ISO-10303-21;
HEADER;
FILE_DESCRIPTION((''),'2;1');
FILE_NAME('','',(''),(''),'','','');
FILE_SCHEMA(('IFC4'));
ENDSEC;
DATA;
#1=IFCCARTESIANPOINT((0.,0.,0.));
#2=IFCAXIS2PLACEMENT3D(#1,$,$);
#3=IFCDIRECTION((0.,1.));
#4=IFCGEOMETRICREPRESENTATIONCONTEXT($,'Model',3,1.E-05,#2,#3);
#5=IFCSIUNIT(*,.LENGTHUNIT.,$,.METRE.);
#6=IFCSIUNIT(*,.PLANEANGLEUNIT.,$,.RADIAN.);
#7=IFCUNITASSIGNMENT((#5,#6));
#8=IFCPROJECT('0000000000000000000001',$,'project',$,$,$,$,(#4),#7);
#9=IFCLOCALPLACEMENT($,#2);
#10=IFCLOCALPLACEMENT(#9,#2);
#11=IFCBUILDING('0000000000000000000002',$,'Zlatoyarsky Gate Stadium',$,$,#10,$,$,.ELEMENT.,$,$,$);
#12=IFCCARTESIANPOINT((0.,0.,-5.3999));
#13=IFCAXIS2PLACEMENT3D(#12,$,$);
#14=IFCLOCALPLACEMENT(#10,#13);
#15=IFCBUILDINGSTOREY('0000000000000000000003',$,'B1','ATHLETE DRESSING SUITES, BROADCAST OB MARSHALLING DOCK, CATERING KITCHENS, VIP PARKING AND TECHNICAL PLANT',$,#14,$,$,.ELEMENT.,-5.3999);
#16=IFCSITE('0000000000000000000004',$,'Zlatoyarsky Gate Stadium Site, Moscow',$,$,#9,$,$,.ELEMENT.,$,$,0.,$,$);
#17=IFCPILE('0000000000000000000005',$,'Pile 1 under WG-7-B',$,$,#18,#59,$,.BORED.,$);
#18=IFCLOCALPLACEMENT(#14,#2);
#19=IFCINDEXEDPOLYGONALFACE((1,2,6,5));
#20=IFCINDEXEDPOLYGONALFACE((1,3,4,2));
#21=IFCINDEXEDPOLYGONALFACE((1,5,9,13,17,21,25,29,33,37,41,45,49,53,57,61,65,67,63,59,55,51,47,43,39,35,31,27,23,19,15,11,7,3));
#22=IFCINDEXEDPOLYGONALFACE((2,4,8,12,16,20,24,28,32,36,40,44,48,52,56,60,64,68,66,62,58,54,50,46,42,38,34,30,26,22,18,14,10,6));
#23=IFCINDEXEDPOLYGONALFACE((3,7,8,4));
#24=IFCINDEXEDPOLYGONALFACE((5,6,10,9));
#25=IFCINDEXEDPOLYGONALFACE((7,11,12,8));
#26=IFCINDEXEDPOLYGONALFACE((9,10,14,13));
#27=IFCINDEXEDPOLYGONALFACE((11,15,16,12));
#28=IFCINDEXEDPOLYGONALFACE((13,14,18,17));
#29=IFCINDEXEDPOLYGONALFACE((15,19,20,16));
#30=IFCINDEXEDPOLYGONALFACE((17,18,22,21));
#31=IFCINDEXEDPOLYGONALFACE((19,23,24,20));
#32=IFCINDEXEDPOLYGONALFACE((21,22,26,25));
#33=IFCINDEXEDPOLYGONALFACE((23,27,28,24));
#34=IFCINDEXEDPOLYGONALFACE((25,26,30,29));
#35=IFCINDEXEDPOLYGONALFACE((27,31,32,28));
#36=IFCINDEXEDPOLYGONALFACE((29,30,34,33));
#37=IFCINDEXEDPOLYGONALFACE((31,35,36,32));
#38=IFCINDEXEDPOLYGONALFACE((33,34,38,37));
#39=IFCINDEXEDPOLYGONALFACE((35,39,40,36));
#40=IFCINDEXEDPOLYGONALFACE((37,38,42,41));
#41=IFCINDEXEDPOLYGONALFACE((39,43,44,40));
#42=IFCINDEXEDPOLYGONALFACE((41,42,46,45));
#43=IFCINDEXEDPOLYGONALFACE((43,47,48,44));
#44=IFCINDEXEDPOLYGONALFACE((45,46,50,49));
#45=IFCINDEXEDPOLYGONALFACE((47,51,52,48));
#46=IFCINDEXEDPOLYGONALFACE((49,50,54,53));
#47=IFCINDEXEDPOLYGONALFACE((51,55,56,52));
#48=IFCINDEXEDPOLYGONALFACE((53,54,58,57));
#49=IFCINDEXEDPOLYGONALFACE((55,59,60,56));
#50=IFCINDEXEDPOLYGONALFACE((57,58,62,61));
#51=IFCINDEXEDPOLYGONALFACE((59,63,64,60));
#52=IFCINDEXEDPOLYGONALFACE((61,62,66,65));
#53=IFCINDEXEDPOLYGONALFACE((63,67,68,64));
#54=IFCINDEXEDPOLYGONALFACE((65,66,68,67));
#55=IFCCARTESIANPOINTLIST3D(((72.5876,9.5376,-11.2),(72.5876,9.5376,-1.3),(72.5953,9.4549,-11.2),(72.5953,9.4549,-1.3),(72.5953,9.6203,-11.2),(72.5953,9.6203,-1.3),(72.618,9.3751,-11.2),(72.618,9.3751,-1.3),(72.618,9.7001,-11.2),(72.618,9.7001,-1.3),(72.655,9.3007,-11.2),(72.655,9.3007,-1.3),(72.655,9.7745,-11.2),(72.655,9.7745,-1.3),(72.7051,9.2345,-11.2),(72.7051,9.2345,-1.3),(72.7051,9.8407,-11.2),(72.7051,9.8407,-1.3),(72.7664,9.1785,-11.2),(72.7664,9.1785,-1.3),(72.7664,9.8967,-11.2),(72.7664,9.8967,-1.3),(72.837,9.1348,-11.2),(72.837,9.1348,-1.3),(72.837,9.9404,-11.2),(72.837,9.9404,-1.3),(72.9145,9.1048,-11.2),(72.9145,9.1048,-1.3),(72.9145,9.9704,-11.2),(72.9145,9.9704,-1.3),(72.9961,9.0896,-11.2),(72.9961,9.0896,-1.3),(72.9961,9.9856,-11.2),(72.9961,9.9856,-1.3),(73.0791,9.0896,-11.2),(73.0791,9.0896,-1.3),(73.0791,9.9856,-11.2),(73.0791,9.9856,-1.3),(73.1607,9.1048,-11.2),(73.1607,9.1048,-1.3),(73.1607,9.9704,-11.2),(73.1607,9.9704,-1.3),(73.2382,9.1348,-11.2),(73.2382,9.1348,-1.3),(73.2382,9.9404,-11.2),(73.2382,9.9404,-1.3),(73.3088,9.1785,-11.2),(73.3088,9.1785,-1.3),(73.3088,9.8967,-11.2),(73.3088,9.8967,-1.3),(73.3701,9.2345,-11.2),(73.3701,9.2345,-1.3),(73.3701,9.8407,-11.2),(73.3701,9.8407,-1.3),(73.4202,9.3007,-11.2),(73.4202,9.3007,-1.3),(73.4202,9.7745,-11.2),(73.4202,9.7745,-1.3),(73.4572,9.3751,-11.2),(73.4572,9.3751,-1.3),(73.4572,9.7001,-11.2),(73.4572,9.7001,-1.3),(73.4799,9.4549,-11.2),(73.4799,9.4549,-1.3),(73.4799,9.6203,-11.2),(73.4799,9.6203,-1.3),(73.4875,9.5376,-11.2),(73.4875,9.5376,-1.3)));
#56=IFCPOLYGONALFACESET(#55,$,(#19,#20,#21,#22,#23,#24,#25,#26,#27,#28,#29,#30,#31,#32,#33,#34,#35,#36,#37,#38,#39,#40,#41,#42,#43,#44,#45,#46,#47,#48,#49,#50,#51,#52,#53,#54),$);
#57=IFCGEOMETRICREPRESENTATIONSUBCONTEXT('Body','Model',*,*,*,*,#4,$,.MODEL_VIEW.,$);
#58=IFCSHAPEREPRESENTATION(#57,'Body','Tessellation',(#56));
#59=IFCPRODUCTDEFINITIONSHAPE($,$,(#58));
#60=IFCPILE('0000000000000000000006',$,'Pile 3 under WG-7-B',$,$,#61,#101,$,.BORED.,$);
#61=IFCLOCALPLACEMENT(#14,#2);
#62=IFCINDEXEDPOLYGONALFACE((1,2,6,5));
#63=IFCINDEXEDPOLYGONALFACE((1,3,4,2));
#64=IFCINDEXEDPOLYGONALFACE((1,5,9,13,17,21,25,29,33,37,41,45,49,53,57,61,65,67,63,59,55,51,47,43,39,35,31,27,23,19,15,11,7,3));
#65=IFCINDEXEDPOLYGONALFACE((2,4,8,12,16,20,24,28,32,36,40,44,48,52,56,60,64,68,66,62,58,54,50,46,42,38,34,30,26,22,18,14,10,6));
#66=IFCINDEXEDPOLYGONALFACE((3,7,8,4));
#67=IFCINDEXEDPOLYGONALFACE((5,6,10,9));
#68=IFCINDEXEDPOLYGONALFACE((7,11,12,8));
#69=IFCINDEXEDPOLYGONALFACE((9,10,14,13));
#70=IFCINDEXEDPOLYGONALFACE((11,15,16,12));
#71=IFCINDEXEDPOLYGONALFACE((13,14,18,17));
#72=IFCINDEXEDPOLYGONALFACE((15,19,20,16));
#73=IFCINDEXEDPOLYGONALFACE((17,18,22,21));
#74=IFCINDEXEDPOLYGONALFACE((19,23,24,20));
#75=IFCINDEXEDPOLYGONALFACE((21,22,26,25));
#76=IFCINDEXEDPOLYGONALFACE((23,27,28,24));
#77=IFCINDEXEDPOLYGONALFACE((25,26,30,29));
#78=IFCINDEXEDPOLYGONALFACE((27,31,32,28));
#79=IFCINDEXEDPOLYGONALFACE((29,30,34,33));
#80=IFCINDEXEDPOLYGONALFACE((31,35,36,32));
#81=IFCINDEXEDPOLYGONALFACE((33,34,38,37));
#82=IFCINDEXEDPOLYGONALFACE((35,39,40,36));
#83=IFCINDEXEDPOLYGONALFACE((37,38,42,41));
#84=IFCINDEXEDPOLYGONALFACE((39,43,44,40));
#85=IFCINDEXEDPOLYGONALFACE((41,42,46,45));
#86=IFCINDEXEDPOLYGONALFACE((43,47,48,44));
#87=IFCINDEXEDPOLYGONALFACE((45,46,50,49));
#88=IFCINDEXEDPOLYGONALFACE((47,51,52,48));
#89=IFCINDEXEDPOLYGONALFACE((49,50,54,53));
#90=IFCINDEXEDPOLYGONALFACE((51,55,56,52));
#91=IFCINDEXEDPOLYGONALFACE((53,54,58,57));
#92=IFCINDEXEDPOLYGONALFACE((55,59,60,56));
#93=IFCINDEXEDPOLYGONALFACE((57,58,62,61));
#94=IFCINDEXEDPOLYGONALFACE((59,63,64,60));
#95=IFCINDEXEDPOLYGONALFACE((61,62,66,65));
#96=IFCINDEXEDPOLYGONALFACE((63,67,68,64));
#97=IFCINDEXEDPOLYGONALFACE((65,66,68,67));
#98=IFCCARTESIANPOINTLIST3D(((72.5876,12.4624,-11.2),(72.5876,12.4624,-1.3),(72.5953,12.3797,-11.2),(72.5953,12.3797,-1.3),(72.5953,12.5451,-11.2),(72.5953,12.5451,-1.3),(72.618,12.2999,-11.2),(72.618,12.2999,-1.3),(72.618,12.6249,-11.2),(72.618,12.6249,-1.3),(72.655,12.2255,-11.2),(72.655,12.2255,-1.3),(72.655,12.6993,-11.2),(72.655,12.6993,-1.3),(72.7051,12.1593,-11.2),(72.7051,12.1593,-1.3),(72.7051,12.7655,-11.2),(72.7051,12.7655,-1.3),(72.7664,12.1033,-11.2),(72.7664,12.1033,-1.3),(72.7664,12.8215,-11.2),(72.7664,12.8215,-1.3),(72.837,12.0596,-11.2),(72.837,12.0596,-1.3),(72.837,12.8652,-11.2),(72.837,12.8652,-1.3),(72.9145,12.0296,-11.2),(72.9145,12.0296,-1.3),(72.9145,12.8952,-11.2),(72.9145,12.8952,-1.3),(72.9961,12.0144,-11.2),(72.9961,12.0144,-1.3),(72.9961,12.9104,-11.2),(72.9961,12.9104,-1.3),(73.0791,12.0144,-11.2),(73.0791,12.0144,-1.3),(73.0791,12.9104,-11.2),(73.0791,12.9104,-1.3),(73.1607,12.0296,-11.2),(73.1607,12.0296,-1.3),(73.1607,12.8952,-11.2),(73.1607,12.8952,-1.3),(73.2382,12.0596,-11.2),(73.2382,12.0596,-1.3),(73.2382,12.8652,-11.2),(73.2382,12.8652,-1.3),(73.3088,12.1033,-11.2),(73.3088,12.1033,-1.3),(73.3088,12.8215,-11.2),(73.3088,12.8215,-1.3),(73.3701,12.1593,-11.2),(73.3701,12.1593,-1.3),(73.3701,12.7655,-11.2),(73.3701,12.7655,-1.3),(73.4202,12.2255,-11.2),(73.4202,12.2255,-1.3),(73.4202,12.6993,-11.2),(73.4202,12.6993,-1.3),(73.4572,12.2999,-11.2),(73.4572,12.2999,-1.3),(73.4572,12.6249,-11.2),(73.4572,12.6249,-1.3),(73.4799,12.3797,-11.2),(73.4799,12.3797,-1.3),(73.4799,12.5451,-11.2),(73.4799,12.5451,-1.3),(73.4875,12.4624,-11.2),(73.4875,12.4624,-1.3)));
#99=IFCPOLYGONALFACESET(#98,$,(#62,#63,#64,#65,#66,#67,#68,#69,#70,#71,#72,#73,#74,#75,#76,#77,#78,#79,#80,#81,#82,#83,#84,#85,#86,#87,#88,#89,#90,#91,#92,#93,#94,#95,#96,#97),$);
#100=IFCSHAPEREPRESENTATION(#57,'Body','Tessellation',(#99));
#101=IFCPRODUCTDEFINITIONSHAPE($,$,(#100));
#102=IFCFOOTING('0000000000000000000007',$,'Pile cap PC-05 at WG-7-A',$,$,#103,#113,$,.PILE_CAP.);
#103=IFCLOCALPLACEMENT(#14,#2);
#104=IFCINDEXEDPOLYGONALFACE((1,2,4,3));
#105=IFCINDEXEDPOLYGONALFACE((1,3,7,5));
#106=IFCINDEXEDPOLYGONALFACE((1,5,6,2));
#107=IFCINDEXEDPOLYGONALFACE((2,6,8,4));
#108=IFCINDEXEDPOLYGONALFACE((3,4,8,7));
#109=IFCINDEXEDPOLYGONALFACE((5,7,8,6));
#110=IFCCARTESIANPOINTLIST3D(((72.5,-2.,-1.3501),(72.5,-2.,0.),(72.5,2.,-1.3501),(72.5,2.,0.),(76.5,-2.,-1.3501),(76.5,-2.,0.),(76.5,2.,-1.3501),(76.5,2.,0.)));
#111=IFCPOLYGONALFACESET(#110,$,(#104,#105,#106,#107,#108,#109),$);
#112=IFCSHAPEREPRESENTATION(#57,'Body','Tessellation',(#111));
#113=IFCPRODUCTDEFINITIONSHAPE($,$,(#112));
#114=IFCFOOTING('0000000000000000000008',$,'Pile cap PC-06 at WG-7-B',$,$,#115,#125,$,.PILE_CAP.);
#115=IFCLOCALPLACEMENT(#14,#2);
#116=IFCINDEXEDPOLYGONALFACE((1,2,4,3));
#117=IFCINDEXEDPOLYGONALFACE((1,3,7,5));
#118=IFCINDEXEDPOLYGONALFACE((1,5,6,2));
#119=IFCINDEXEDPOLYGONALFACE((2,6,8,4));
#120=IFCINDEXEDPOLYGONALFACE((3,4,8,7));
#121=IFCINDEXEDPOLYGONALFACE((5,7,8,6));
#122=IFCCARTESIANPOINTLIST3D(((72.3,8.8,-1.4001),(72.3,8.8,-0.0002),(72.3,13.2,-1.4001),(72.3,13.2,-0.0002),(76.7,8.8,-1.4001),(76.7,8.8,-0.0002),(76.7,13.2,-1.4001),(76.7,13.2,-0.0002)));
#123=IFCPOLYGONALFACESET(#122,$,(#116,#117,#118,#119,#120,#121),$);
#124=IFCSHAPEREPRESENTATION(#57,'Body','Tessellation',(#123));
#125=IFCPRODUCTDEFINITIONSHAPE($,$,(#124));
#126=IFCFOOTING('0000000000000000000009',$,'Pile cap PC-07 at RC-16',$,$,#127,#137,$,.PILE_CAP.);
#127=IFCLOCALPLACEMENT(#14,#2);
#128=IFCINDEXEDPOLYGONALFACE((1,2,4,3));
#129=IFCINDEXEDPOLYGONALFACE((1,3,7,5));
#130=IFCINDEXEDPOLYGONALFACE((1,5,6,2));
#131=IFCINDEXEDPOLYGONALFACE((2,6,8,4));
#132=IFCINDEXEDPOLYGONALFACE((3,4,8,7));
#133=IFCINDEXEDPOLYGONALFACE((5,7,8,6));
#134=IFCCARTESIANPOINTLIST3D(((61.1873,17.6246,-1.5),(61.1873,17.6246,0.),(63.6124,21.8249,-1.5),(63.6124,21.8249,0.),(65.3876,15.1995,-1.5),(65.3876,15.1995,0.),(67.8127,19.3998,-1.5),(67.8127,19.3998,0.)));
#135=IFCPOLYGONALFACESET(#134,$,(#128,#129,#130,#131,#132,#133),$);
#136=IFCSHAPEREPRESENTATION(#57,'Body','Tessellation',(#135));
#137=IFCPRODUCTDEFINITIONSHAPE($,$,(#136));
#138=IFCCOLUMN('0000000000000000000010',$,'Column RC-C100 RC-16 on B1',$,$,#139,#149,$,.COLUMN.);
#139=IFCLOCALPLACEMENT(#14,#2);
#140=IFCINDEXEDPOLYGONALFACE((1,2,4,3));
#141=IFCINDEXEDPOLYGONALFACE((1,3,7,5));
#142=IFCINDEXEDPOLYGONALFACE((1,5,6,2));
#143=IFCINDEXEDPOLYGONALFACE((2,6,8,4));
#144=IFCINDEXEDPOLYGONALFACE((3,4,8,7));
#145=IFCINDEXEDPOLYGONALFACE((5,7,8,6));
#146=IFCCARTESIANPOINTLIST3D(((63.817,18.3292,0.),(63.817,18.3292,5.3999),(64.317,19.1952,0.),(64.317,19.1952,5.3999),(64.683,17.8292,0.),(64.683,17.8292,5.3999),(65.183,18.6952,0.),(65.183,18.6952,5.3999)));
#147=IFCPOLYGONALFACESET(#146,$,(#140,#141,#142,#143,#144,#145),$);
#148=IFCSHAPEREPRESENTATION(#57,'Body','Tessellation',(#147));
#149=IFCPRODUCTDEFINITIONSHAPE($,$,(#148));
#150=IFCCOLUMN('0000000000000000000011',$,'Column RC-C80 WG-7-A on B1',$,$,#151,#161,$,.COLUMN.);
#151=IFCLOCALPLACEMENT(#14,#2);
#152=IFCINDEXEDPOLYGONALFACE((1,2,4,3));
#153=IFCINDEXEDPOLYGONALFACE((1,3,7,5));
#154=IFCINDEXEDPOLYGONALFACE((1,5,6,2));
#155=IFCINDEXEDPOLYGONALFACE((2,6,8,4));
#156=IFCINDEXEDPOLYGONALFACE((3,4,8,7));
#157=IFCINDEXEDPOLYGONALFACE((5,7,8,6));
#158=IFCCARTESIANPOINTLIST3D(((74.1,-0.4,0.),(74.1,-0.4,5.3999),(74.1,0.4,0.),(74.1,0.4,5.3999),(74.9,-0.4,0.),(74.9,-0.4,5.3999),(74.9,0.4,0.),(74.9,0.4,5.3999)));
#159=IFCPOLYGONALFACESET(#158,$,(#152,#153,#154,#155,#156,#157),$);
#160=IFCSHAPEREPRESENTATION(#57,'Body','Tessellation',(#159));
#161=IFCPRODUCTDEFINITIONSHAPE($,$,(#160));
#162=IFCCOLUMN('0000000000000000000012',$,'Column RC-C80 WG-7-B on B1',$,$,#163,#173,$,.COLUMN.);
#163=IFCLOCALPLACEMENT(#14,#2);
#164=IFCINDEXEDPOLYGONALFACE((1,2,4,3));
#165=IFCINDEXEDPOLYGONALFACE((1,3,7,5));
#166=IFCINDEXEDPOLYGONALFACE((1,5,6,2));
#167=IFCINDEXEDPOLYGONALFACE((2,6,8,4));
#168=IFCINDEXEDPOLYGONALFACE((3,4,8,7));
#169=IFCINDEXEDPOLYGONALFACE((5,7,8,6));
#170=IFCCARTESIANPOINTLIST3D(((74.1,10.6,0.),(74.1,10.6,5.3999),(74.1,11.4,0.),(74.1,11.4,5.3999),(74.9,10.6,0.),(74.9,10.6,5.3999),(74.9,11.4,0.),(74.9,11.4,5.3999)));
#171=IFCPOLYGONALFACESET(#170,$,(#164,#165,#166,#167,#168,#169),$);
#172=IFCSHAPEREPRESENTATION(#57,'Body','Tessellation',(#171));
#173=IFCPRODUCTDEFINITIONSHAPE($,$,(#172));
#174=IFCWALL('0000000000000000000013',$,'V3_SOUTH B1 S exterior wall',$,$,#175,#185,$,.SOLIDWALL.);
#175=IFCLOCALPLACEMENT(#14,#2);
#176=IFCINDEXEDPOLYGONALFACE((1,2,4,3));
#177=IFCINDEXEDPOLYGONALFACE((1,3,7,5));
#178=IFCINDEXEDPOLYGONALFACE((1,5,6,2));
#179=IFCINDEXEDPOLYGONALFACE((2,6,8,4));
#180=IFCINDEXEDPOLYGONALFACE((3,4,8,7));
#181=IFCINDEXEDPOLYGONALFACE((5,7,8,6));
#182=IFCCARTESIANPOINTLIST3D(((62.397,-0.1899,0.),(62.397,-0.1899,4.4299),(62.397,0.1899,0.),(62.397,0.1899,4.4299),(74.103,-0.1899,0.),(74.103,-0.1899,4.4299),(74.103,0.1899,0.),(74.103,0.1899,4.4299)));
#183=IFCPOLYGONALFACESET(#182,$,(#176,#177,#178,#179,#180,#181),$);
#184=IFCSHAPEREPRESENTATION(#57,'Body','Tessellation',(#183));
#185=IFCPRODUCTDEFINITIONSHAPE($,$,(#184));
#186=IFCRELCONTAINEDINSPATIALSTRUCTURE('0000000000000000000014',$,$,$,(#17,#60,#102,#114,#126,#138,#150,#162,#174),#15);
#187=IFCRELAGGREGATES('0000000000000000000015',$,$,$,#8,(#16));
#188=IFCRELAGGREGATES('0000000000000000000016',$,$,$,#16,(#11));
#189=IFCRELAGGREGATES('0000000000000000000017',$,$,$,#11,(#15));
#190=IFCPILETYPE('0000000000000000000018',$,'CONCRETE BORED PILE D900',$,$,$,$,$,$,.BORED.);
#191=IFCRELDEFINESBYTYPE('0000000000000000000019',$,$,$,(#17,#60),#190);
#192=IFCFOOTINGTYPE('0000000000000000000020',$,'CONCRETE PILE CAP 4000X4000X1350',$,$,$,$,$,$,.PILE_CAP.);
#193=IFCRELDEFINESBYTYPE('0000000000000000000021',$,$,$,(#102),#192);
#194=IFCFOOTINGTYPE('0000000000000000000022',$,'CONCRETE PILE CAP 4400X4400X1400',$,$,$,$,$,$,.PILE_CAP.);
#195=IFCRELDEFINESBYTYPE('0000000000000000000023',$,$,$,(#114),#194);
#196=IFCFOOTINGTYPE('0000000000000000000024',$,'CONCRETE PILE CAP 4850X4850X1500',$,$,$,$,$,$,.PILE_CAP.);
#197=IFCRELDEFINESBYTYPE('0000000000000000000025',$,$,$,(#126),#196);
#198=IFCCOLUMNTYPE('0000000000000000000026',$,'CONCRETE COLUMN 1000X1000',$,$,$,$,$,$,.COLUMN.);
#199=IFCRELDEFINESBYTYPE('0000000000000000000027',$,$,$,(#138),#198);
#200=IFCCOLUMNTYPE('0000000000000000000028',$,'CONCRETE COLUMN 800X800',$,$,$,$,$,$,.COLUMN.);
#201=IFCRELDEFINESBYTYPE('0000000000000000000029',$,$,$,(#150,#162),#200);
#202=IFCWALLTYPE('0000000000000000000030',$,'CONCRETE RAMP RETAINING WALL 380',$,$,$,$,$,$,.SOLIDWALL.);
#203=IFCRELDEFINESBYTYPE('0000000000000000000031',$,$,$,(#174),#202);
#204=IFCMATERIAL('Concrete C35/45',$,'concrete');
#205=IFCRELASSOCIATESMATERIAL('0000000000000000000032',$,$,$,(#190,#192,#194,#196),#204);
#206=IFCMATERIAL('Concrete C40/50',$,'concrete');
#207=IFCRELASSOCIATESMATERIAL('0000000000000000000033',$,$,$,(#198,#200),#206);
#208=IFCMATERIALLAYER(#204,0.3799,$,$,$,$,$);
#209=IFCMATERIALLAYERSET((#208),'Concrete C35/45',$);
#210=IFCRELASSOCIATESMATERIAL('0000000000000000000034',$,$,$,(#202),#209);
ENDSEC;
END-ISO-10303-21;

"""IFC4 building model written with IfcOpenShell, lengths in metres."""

from ifc_helpers import new_model, si_unit, direction, frame, frame_2d, origin, origin_2d, place, context, subcontext, project, spatial, rectangle, circle, extrude, material, layer, layer_set, material_profile, profile_set, type_object, element, save


model = new_model("IFC4")

# Units and contexts
model_context = context("Model", 3, precision=1e-05, world=origin(), true_north=direction((0.0, 1.0)))
body_context = subcontext(model_context, "Body", "Model", "MODEL_VIEW")
ifc_project = project(units=[si_unit("LENGTHUNIT", "METRE"), si_unit("PLANEANGLEUNIT", "RADIAN")], contexts=[model_context])

# Site, building, storey
site_placement = place(None, origin())
site = spatial("IfcSite", under=ifc_project, at=site_placement, Name="Zlatoyarsky Gate Stadium Site, Moscow", CompositionType="ELEMENT", RefElevation=0.0)
building_placement = place(site_placement, origin())
building = spatial("IfcBuilding", under=site, at=building_placement, Name="Zlatoyarsky Gate Stadium", CompositionType="ELEMENT")
storey_placement = place(building_placement, frame((0.0, 0.0, -5.3999)))
storey = spatial("IfcBuildingStorey", under=building, at=storey_placement, Name="B1", Description="ATHLETE DRESSING SUITES, BROADCAST OB MARSHALLING DOCK, CATERING KITCHENS, VIP PARKING AND TECHNICAL PLANT", CompositionType="ELEMENT", Elevation=-5.3999)

# Piles
ifc_material_1 = material(Name="Concrete C35/45", Category="concrete")
ifc_material_profile_1 = material_profile(ifc_material_1, circle(Radius=0.45, at=origin_2d()), Name="BORED PILE D900")
ifc_profile_set_1 = profile_set([ifc_material_profile_1], Name="Concrete C35/45")
pile_type_1 = type_object("IfcPileType", Name="CONCRETE BORED PILE D900", PredefinedType="BORED", material=ifc_profile_set_1)
for number, where, z_axis, x_axis, name in (
    (1, (73.0376, 9.5376, -1.3), (0.0, 0.0, -1.0), (1.0, 0.0, 0.0), "Pile 1 under WG-7-B"),
    (2, (73.0376, 12.4624, -1.3), (0.0, 0.0, -1.0), (1.0, 0.0, 0.0), "Pile 3 under WG-7-B"),
):
    element("IfcPile", number, at=place(storey_placement, frame(where, z_axis=z_axis, x_axis=x_axis)), inside=storey, type_object=pile_type_1, Name=name, PredefinedType="BORED", context=body_context, shape_type="SweptSolid", body=[
        extrude(circle(Radius=0.45, at=origin_2d()), origin(), (0.0, 0.0, 1.0), 9.8999),
    ])

# Footings
footing_type_1 = type_object("IfcFootingType", Name="CONCRETE PILE CAP 4000X4000X1350", PredefinedType="PILE_CAP", material=ifc_material_1)
footing_1_placement = place(storey_placement, frame((74.5, 0.0, -1.3501), z_axis=(0.0, 0.0, 1.0), x_axis=(1.0, 0.0, 0.0)))
element("IfcFooting", 3, at=footing_1_placement, inside=storey, type_object=footing_type_1, Name="Pile cap PC-05 at WG-7-A", PredefinedType="PILE_CAP", context=body_context, shape_type="SweptSolid", body=[
    extrude(rectangle(XDim=4.0, YDim=4.0, at=origin_2d()), origin(), (0.0, 0.0, 1.0), 1.3501),
])
footing_type_2 = type_object("IfcFootingType", Name="CONCRETE PILE CAP 4400X4400X1400", PredefinedType="PILE_CAP", material=ifc_material_1)
footing_2_placement = place(storey_placement, frame((74.5, 11.0, -1.4001), z_axis=(0.0, 0.0, 1.0), x_axis=(1.0, 0.0, 0.0)))
element("IfcFooting", 4, at=footing_2_placement, inside=storey, type_object=footing_type_2, Name="Pile cap PC-06 at WG-7-B", PredefinedType="PILE_CAP", context=body_context, shape_type="SweptSolid", body=[
    extrude(rectangle(XDim=4.3999, YDim=4.3999, at=origin_2d()), origin(), (0.0, 0.0, 1.0), 1.3999),
])
footing_type_3 = type_object("IfcFootingType", Name="CONCRETE PILE CAP 4850X4850X1500", PredefinedType="PILE_CAP", material=ifc_material_1)
footing_3_placement = place(storey_placement, frame((64.5, 18.5122, -1.5), z_axis=(0.0, 0.0, 1.0), x_axis=(-0.5, -0.866025, 0.0)))
element("IfcFooting", 5, at=footing_3_placement, inside=storey, type_object=footing_type_3, Name="Pile cap PC-07 at RC-16", PredefinedType="PILE_CAP", context=body_context, shape_type="SweptSolid", body=[
    extrude(rectangle(XDim=4.8501, YDim=4.8501, at=origin_2d()), origin(), (0.0, 0.0, 1.0), 1.5),
])

# Columns
ifc_material_2 = material(Name="Concrete C40/50", Category="concrete")
ifc_material_profile_2 = material_profile(ifc_material_2, rectangle(XDim=1.0, YDim=1.0, at=origin_2d()), Name="RC COL 1000X1000")
ifc_profile_set_2 = profile_set([ifc_material_profile_2], Name="Concrete C40/50")
column_type_1 = type_object("IfcColumnType", Name="CONCRETE COLUMN 1000X1000", PredefinedType="COLUMN", material=ifc_profile_set_2)
column_placement = place(storey_placement, frame((64.5, 18.5122, 0.0), z_axis=(0.0, 0.0, 1.0), x_axis=(-0.5, -0.866025, 0.0)))
element("IfcColumn", 6, at=column_placement, inside=storey, type_object=column_type_1, Name="Column RC-C100 RC-16 on B1", PredefinedType="COLUMN", context=body_context, shape_type="SweptSolid", body=[
    extrude(rectangle(XDim=1.0, YDim=1.0, at=origin_2d()), origin(), (0.0, 0.0, 1.0), 5.3999),
])
ifc_material_profile_3 = material_profile(ifc_material_2, rectangle(XDim=0.8, YDim=0.8, at=origin_2d()), Name="RC COL 800X800")
ifc_profile_set_3 = profile_set([ifc_material_profile_3], Name="Concrete C40/50")
column_type_2 = type_object("IfcColumnType", Name="CONCRETE COLUMN 800X800", PredefinedType="COLUMN", material=ifc_profile_set_3)
for number, where, z_axis, x_axis, name in (
    (7, (74.5, 0.0, 0.0), (0.0, 0.0, 1.0), (1.0, 0.0, 0.0), "Column RC-C80 WG-7-A on B1"),
    (8, (74.5, 11.0, 0.0), (0.0, 0.0, 1.0), (1.0, 0.0, 0.0), "Column RC-C80 WG-7-B on B1"),
):
    element("IfcColumn", number, at=place(storey_placement, frame(where, z_axis=z_axis, x_axis=x_axis)), inside=storey, type_object=column_type_2, Name=name, PredefinedType="COLUMN", context=body_context, shape_type="SweptSolid", body=[
        extrude(rectangle(XDim=0.8, YDim=0.8, at=origin_2d()), origin(), (0.0, 0.0, 1.0), 5.3999),
    ])

# Wall
ifc_layer_1 = layer(ifc_material_1, 0.3799)
ifc_layer_set_1 = layer_set([ifc_layer_1], Name="Concrete C35/45")
wall_type_1 = type_object("IfcWallType", Name="CONCRETE RAMP RETAINING WALL 380", PredefinedType="SOLIDWALL", material=ifc_layer_set_1)
wall_1_placement = place(storey_placement, frame((62.397, 0.0, 0.0), z_axis=(0.0, 0.0, 1.0), x_axis=(1.0, 0.0, 0.0)))
element("IfcWall", 9, at=wall_1_placement, inside=storey, type_object=wall_type_1, Name="V3_SOUTH B1 S exterior wall", PredefinedType="SOLIDWALL", context=body_context, shape_type="SweptSolid", body=[
    extrude(rectangle(XDim=11.7061, YDim=0.3799, at=frame_2d((5.853, 0.0))), origin(), (0.0, 0.0, 1.0), 4.4299),
])

save(model, "model.ifc")
